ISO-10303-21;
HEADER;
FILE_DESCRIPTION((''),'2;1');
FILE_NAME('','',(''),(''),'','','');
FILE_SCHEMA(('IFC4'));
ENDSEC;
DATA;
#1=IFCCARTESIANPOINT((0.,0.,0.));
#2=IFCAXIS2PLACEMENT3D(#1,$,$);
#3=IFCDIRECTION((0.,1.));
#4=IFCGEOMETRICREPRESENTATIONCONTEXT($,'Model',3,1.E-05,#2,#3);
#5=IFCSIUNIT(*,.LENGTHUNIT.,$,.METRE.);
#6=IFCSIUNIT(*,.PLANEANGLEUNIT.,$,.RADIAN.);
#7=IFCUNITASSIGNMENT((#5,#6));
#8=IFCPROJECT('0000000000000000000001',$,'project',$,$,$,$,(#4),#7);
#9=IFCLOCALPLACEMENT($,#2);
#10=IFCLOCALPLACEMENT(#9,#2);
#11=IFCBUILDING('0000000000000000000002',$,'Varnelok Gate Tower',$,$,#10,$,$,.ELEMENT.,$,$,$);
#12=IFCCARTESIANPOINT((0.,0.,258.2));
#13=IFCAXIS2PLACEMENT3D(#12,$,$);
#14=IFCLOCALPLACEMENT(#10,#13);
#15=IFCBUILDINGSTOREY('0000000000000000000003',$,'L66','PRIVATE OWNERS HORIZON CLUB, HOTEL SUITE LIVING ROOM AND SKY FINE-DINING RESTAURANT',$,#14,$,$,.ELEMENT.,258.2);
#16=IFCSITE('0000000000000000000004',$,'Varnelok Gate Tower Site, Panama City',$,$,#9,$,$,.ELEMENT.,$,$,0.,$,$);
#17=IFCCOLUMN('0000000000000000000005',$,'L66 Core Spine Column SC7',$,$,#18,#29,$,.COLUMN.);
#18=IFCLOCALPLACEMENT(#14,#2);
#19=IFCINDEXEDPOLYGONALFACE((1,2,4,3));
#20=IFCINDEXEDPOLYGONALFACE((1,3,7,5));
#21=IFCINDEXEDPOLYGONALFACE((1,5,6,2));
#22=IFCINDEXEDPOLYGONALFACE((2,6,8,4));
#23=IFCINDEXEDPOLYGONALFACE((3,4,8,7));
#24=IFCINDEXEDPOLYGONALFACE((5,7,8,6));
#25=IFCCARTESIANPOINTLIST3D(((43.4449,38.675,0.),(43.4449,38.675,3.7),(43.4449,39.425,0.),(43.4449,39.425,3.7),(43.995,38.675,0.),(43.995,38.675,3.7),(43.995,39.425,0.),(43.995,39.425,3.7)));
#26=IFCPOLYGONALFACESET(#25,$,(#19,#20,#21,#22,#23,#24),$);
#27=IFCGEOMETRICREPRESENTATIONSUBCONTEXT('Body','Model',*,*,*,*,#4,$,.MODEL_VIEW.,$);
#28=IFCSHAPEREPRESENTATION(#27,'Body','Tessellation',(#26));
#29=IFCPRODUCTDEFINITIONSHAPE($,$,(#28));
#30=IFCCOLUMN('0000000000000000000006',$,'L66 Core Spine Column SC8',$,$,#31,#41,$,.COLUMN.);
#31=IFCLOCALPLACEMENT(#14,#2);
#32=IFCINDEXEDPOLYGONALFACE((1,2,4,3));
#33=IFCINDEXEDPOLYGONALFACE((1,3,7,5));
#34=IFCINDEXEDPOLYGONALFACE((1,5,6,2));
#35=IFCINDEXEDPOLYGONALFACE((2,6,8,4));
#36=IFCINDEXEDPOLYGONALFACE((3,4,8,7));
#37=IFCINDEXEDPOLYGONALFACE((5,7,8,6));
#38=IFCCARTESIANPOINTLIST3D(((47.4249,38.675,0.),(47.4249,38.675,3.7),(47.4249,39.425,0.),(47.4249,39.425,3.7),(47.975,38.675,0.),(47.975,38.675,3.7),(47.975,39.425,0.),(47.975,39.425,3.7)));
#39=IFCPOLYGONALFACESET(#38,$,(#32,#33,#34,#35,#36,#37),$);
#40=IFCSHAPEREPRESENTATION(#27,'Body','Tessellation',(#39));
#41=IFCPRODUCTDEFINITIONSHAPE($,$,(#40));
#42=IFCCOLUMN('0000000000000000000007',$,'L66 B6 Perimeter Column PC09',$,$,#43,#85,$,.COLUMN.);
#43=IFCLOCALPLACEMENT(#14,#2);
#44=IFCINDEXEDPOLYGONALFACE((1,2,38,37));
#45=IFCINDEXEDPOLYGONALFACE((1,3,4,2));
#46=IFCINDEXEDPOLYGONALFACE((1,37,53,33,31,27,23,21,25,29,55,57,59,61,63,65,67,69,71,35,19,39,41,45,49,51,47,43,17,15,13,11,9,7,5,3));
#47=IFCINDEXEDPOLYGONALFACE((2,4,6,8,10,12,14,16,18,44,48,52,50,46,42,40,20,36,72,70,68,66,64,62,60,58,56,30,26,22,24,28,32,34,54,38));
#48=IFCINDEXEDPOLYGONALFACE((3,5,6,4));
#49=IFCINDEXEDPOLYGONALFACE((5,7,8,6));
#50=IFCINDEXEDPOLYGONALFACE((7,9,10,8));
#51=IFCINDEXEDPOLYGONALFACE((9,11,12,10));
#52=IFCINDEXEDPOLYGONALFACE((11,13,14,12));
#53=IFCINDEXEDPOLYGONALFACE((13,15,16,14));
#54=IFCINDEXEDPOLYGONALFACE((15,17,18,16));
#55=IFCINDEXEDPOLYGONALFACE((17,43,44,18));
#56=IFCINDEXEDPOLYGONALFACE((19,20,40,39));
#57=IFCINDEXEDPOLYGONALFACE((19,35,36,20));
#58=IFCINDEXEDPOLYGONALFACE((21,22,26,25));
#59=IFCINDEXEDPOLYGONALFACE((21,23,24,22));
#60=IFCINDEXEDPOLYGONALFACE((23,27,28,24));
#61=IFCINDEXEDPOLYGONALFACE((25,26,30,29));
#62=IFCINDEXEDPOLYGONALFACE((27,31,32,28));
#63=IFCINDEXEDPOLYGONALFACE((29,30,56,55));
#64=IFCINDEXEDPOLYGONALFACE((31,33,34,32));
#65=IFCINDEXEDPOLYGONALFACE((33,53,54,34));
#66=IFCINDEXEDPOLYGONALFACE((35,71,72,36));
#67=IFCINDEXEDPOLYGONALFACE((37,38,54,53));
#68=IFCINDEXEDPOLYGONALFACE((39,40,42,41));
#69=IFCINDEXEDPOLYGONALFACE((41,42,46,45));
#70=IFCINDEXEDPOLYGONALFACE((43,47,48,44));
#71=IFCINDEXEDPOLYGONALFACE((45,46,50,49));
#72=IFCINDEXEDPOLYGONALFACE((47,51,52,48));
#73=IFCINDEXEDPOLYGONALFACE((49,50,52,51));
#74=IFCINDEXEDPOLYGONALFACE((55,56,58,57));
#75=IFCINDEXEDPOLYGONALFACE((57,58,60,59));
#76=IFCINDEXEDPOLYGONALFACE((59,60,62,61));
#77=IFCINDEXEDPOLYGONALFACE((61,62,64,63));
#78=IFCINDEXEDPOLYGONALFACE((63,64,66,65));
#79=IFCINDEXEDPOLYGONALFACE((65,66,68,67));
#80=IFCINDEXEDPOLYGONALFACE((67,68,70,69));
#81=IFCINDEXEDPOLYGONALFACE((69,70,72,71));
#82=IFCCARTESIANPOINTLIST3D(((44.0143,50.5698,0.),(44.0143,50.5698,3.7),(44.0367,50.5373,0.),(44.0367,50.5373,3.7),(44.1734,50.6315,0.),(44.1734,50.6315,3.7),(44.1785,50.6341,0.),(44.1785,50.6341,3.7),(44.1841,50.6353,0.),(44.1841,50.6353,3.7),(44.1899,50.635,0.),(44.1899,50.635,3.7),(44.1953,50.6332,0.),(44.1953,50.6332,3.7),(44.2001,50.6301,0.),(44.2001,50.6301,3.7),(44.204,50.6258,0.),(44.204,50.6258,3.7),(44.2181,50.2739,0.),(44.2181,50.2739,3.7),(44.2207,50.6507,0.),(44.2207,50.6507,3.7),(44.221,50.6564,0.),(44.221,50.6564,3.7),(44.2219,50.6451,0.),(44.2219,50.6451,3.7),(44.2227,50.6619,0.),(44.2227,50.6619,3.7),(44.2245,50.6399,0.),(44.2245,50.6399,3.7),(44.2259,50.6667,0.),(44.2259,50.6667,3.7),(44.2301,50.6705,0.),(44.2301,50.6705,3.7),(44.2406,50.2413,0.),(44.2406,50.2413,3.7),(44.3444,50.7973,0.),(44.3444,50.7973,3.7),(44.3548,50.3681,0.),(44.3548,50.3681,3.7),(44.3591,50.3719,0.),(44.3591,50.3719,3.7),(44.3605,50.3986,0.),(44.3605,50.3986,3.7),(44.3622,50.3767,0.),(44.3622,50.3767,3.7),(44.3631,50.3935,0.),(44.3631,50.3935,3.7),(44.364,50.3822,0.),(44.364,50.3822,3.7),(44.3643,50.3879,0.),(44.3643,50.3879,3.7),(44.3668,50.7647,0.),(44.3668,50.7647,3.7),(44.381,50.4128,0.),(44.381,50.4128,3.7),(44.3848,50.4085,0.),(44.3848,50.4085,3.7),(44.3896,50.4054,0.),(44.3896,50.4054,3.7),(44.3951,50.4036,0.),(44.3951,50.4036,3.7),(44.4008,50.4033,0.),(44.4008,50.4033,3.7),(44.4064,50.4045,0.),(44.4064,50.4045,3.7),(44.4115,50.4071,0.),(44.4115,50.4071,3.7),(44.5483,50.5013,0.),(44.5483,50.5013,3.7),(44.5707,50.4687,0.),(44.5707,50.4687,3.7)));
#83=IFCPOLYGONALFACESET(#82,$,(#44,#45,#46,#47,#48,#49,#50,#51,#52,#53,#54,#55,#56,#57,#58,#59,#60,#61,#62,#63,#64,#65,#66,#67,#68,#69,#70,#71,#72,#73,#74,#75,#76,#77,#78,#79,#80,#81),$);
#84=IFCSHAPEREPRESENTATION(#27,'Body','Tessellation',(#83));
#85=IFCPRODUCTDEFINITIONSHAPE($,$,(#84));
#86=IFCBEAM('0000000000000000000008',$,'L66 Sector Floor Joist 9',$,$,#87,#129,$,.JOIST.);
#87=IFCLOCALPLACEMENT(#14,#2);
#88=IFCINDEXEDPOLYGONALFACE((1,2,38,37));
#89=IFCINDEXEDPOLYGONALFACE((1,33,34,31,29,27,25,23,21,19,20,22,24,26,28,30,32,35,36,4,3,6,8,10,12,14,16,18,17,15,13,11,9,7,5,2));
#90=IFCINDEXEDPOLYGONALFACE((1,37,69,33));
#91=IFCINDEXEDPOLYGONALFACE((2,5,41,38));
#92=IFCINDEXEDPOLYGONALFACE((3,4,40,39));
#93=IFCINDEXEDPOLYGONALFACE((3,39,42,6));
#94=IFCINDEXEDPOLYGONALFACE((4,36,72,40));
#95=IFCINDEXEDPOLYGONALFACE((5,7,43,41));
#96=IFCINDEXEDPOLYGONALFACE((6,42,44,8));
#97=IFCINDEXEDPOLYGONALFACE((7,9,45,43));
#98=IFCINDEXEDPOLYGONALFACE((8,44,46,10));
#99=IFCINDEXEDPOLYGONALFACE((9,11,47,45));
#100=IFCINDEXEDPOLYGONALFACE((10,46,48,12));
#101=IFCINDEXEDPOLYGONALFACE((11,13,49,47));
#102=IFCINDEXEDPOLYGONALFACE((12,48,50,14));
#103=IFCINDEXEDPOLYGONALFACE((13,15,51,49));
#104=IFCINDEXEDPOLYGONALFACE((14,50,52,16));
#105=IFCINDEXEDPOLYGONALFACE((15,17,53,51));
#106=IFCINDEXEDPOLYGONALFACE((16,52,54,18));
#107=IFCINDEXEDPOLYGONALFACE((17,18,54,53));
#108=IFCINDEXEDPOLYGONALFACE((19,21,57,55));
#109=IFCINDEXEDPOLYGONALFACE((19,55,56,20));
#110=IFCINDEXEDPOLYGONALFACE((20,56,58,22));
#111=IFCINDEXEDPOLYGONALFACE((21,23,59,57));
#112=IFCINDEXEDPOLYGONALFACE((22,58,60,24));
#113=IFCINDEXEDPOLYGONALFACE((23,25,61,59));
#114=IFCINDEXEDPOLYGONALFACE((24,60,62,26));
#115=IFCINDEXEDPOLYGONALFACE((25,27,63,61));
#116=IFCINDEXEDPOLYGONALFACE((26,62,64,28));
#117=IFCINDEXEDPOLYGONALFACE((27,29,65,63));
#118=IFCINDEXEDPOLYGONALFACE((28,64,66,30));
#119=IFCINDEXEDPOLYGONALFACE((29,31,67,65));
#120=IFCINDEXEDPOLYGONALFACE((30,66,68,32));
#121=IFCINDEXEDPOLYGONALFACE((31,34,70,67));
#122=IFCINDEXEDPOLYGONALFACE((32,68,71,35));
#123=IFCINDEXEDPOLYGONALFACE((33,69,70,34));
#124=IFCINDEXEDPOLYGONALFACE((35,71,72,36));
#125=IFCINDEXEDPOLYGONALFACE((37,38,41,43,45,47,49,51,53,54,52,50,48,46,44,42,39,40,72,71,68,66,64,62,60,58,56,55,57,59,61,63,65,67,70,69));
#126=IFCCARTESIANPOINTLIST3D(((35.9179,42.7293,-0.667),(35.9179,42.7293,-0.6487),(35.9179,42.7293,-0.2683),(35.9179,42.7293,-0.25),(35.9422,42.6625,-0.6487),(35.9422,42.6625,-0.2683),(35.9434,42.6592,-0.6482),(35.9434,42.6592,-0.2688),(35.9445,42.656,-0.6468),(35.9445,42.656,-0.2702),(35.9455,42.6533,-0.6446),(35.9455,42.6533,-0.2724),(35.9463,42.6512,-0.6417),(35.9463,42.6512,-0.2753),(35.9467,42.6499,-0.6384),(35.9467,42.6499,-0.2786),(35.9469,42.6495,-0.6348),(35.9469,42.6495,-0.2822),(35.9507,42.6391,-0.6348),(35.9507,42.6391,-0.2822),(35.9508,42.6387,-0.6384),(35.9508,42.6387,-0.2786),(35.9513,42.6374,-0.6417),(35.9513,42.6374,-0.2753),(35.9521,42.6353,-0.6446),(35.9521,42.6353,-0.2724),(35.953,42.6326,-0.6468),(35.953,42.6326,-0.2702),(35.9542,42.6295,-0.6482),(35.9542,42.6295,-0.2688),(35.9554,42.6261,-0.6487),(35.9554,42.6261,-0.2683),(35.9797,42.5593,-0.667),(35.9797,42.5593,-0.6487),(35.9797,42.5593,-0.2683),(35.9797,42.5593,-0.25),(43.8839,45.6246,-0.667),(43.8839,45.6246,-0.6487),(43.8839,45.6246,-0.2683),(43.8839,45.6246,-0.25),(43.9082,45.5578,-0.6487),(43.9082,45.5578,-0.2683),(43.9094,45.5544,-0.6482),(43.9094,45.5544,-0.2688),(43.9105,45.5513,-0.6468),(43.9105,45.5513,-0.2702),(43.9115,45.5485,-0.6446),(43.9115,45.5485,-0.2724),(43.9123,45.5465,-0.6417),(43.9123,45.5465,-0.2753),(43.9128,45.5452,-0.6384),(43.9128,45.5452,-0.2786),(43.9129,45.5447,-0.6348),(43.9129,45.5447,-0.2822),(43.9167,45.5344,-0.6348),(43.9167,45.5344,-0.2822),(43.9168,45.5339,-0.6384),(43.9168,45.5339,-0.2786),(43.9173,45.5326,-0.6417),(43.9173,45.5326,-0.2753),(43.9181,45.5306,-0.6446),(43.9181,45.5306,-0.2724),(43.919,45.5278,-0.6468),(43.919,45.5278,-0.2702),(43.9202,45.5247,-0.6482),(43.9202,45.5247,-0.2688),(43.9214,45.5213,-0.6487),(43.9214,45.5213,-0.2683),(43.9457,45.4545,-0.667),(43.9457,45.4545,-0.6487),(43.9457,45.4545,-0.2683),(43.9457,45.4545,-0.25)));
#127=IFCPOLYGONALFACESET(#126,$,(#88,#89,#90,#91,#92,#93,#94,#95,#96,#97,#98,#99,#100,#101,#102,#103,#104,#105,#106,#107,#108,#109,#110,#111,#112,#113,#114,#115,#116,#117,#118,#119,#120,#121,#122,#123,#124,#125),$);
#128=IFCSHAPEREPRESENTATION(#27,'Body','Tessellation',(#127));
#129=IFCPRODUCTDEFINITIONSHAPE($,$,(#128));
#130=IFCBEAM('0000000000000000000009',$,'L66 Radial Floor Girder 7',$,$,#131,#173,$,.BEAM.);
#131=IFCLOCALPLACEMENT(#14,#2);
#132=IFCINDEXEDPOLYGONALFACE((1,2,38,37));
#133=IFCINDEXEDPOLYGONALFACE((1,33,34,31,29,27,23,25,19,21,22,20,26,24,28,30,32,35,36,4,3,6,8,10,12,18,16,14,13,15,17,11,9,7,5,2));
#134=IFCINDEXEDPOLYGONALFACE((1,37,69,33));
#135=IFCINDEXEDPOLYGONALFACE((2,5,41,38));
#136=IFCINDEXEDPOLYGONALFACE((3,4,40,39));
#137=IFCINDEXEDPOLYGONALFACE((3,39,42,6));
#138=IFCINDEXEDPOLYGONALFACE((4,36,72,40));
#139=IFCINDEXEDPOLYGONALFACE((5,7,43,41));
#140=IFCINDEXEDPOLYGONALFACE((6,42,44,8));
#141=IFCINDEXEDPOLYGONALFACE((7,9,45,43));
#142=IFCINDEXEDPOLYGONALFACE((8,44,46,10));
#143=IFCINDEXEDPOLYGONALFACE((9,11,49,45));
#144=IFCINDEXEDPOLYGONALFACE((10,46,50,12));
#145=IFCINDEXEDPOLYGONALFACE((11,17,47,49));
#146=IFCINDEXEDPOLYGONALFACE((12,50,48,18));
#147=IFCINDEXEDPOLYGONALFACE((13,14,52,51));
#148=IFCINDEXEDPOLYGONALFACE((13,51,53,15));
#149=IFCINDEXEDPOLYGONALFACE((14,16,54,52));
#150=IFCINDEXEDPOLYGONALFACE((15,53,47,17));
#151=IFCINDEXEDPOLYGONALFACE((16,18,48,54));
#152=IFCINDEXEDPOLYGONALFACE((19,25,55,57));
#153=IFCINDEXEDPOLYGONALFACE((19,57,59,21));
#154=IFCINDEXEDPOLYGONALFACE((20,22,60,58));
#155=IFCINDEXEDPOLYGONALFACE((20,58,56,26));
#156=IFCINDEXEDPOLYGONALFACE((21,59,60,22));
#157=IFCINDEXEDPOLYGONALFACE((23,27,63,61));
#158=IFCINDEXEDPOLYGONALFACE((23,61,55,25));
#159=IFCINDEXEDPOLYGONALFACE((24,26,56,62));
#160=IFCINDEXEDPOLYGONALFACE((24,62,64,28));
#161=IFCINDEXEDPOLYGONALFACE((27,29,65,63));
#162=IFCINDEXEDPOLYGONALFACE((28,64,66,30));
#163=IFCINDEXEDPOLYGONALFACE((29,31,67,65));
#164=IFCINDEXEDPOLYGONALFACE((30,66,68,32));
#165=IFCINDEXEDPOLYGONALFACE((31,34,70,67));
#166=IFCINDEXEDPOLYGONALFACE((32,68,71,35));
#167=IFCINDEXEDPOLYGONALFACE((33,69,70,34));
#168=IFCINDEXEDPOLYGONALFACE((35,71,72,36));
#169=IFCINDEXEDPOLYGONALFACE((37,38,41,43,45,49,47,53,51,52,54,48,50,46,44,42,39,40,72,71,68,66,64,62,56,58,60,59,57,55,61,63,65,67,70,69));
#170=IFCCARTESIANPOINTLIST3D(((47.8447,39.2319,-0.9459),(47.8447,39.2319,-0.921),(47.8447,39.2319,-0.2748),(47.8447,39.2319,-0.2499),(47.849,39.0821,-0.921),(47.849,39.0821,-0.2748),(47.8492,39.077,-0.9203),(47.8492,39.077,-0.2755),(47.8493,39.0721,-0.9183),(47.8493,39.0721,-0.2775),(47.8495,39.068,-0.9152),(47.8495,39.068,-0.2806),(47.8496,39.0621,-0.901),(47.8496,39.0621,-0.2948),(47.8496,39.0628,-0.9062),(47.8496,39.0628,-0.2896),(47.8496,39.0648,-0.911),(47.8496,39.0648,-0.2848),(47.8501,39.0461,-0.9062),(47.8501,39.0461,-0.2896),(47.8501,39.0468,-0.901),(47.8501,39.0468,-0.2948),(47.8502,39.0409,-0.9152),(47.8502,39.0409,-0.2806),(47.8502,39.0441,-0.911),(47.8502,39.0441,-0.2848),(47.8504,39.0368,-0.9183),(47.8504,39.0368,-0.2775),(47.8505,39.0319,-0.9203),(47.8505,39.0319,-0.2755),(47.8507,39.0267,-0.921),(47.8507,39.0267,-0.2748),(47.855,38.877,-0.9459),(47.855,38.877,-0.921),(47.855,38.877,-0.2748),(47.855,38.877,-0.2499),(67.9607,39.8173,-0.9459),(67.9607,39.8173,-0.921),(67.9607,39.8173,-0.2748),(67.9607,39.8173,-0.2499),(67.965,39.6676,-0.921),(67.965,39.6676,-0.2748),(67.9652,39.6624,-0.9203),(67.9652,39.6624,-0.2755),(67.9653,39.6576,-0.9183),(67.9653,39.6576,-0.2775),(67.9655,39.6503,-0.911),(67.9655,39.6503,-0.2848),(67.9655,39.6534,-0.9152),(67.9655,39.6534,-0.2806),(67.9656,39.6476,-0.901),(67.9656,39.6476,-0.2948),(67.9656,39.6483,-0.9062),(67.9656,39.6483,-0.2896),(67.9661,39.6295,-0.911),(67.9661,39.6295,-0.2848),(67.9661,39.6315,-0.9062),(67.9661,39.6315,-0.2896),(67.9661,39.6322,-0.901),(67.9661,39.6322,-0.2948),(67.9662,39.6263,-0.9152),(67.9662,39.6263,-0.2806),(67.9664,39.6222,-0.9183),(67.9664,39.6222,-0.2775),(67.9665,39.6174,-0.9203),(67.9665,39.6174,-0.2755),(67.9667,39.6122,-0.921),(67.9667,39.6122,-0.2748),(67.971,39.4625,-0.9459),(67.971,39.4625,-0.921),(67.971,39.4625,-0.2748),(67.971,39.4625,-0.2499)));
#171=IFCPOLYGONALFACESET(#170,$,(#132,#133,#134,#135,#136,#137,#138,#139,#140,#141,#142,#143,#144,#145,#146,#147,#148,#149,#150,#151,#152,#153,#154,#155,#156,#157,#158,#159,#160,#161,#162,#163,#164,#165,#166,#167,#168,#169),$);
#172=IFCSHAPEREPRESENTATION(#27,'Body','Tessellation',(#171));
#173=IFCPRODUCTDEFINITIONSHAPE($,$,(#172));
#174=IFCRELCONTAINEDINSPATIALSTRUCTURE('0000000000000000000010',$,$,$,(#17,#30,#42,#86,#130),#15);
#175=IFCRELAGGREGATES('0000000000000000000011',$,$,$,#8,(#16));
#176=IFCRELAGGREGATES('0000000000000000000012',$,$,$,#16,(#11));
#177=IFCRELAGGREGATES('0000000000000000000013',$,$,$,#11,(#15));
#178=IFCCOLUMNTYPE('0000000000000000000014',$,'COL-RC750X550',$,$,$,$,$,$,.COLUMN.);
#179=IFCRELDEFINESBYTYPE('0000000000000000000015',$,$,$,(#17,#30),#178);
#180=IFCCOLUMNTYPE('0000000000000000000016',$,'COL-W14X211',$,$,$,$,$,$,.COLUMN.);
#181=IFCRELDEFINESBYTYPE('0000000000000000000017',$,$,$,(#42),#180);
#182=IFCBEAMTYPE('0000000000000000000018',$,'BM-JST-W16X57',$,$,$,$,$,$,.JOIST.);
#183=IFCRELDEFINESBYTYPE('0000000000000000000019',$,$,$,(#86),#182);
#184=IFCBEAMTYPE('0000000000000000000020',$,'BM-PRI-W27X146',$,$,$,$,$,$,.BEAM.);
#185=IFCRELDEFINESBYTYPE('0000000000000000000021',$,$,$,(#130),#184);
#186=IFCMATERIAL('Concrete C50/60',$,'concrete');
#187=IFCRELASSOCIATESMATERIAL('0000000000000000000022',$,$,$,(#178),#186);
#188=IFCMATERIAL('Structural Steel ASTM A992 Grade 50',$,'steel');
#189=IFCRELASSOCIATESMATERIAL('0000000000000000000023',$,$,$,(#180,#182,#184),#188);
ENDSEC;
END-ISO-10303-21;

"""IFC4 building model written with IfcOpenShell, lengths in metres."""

from ifc_helpers import new_model, si_unit, direction, frame, origin, origin_2d, place, context, subcontext, project, spatial, rectangle, i_section, extrude, material, material_profile, profile_set, type_object, element, save


model = new_model("IFC4")

# Units and contexts
model_context = context("Model", 3, precision=1e-05, world=origin(), true_north=direction((0.0, 1.0)))
body_context = subcontext(model_context, "Body", "Model", "MODEL_VIEW")
ifc_project = project(units=[si_unit("LENGTHUNIT", "METRE"), si_unit("PLANEANGLEUNIT", "RADIAN")], contexts=[model_context])

# Site, building, storey
site_placement = place(None, origin())
site = spatial("IfcSite", under=ifc_project, at=site_placement, Name="Varnelok Gate Tower Site, Panama City", CompositionType="ELEMENT", RefElevation=0.0)
building_placement = place(site_placement, origin())
building = spatial("IfcBuilding", under=site, at=building_placement, Name="Varnelok Gate Tower", CompositionType="ELEMENT")
storey_placement = place(building_placement, frame((0.0, 0.0, 258.2)))
storey = spatial("IfcBuildingStorey", under=building, at=storey_placement, Name="L66", Description="PRIVATE OWNERS HORIZON CLUB, HOTEL SUITE LIVING ROOM AND SKY FINE-DINING RESTAURANT", CompositionType="ELEMENT", Elevation=258.2)

# Columns
ifc_material_1 = material(Name="Concrete C50/60", Category="concrete")
ifc_material_profile_1 = material_profile(ifc_material_1, rectangle(XDim=0.55, YDim=0.75, at=origin_2d()), Name="RC750X550")
ifc_profile_set_1 = profile_set([ifc_material_profile_1], Name="Concrete C50/60")
column_type_1 = type_object("IfcColumnType", Name="COL-RC750X550", PredefinedType="COLUMN", material=ifc_profile_set_1)
for number, where, z_axis, x_axis, name in (
    (1, (43.72, 39.05, 0.0), (0.0, 0.0, 1.0), (1.0, 0.0, 0.0), "L66 Core Spine Column SC7"),
    (2, (47.7, 39.05, 0.0), (0.0, 0.0, 1.0), (1.0, 0.0, 0.0), "L66 Core Spine Column SC8"),
):
    element("IfcColumn", number, at=place(storey_placement, frame(where, z_axis=z_axis, x_axis=x_axis)), inside=storey, type_object=column_type_1, Name=name, PredefinedType="COLUMN", context=body_context, shape_type="SweptSolid", body=[
        extrude(rectangle(XDim=0.55, YDim=0.75, at=origin_2d()), origin(), (0.0, 0.0, 1.0), 3.7),
    ])
ifc_material_2 = material(Name="Structural Steel ASTM A992 Grade 50", Category="steel")
ifc_material_profile_2 = material_profile(ifc_material_2, i_section(OverallWidth=0.4009, OverallDepth=0.3989, WebThickness=0.0249, FlangeThickness=0.0396, FilletRadius=0.022, at=origin_2d()), Name="W14X211")
ifc_profile_set_2 = profile_set([ifc_material_profile_2], Name="Structural Steel ASTM A992 Grade 50")
column_type_2 = type_object("IfcColumnType", Name="COL-W14X211", PredefinedType="COLUMN", material=ifc_profile_set_2)
column_placement = place(storey_placement, frame((44.2925, 50.5193, 0.0), z_axis=(0.0, 0.0, 1.0), x_axis=(0.823533, 0.567269, 0.0)))
element("IfcColumn", 3, at=column_placement, inside=storey, type_object=column_type_2, Name="L66 B6 Perimeter Column PC09", PredefinedType="COLUMN", context=body_context, shape_type="SweptSolid", body=[
    extrude(i_section(OverallWidth=0.4009, OverallDepth=0.3989, WebThickness=0.0249, FlangeThickness=0.0396, FilletRadius=0.022, at=origin_2d()), origin(), (0.0, 0.0, 1.0), 3.7),
])

# Beams
ifc_material_profile_3 = material_profile(ifc_material_2, i_section(OverallWidth=0.1809, OverallDepth=0.417, WebThickness=0.011, FlangeThickness=0.0183, FilletRadius=0.0139, at=origin_2d()), Name="W16X57")
ifc_profile_set_3 = profile_set([ifc_material_profile_3], Name="Structural Steel ASTM A992 Grade 50")
beam_type_1 = type_object("IfcBeamType", Name="BM-JST-W16X57", PredefinedType="JOIST", material=ifc_profile_set_3)
beam_1_placement = place(storey_placement, frame((43.9148, 45.5396, -0.4585), z_axis=(-0.93985, -0.341588, 0.0), x_axis=(0.341588, -0.93985, 0.0)))
element("IfcBeam", 4, at=beam_1_placement, inside=storey, type_object=beam_type_1, Name="L66 Sector Floor Joist 9", PredefinedType="JOIST", context=body_context, shape_type="SweptSolid", body=[
    extrude(i_section(OverallWidth=0.1809, OverallDepth=0.417, WebThickness=0.011, FlangeThickness=0.0183, FilletRadius=0.0139, at=origin_2d()), origin(), (0.0, 0.0, 1.0), 8.4758),
])
ifc_material_profile_4 = material_profile(ifc_material_2, i_section(OverallWidth=0.355, OverallDepth=0.696, WebThickness=0.0154, FlangeThickness=0.0249, FilletRadius=0.02, at=origin_2d()), Name="W27X146")
ifc_profile_set_4 = profile_set([ifc_material_profile_4], Name="Structural Steel ASTM A992 Grade 50")
beam_type_2 = type_object("IfcBeamType", Name="BM-PRI-W27X146", PredefinedType="BEAM", material=ifc_profile_set_4)
beam_2_placement = place(storey_placement, frame((47.8499, 39.0544, -0.5979), z_axis=(0.999577, 0.029091, 0.0), x_axis=(-0.029091, 0.999577, 0.0)))
element("IfcBeam", 5, at=beam_2_placement, inside=storey, type_object=beam_type_2, Name="L66 Radial Floor Girder 7", PredefinedType="BEAM", context=body_context, shape_type="SweptSolid", body=[
    extrude(i_section(OverallWidth=0.355, OverallDepth=0.696, WebThickness=0.0154, FlangeThickness=0.0249, FilletRadius=0.02, at=origin_2d()), origin(), (0.0, 0.0, 1.0), 20.1245),
])

save(model, "model.ifc")
